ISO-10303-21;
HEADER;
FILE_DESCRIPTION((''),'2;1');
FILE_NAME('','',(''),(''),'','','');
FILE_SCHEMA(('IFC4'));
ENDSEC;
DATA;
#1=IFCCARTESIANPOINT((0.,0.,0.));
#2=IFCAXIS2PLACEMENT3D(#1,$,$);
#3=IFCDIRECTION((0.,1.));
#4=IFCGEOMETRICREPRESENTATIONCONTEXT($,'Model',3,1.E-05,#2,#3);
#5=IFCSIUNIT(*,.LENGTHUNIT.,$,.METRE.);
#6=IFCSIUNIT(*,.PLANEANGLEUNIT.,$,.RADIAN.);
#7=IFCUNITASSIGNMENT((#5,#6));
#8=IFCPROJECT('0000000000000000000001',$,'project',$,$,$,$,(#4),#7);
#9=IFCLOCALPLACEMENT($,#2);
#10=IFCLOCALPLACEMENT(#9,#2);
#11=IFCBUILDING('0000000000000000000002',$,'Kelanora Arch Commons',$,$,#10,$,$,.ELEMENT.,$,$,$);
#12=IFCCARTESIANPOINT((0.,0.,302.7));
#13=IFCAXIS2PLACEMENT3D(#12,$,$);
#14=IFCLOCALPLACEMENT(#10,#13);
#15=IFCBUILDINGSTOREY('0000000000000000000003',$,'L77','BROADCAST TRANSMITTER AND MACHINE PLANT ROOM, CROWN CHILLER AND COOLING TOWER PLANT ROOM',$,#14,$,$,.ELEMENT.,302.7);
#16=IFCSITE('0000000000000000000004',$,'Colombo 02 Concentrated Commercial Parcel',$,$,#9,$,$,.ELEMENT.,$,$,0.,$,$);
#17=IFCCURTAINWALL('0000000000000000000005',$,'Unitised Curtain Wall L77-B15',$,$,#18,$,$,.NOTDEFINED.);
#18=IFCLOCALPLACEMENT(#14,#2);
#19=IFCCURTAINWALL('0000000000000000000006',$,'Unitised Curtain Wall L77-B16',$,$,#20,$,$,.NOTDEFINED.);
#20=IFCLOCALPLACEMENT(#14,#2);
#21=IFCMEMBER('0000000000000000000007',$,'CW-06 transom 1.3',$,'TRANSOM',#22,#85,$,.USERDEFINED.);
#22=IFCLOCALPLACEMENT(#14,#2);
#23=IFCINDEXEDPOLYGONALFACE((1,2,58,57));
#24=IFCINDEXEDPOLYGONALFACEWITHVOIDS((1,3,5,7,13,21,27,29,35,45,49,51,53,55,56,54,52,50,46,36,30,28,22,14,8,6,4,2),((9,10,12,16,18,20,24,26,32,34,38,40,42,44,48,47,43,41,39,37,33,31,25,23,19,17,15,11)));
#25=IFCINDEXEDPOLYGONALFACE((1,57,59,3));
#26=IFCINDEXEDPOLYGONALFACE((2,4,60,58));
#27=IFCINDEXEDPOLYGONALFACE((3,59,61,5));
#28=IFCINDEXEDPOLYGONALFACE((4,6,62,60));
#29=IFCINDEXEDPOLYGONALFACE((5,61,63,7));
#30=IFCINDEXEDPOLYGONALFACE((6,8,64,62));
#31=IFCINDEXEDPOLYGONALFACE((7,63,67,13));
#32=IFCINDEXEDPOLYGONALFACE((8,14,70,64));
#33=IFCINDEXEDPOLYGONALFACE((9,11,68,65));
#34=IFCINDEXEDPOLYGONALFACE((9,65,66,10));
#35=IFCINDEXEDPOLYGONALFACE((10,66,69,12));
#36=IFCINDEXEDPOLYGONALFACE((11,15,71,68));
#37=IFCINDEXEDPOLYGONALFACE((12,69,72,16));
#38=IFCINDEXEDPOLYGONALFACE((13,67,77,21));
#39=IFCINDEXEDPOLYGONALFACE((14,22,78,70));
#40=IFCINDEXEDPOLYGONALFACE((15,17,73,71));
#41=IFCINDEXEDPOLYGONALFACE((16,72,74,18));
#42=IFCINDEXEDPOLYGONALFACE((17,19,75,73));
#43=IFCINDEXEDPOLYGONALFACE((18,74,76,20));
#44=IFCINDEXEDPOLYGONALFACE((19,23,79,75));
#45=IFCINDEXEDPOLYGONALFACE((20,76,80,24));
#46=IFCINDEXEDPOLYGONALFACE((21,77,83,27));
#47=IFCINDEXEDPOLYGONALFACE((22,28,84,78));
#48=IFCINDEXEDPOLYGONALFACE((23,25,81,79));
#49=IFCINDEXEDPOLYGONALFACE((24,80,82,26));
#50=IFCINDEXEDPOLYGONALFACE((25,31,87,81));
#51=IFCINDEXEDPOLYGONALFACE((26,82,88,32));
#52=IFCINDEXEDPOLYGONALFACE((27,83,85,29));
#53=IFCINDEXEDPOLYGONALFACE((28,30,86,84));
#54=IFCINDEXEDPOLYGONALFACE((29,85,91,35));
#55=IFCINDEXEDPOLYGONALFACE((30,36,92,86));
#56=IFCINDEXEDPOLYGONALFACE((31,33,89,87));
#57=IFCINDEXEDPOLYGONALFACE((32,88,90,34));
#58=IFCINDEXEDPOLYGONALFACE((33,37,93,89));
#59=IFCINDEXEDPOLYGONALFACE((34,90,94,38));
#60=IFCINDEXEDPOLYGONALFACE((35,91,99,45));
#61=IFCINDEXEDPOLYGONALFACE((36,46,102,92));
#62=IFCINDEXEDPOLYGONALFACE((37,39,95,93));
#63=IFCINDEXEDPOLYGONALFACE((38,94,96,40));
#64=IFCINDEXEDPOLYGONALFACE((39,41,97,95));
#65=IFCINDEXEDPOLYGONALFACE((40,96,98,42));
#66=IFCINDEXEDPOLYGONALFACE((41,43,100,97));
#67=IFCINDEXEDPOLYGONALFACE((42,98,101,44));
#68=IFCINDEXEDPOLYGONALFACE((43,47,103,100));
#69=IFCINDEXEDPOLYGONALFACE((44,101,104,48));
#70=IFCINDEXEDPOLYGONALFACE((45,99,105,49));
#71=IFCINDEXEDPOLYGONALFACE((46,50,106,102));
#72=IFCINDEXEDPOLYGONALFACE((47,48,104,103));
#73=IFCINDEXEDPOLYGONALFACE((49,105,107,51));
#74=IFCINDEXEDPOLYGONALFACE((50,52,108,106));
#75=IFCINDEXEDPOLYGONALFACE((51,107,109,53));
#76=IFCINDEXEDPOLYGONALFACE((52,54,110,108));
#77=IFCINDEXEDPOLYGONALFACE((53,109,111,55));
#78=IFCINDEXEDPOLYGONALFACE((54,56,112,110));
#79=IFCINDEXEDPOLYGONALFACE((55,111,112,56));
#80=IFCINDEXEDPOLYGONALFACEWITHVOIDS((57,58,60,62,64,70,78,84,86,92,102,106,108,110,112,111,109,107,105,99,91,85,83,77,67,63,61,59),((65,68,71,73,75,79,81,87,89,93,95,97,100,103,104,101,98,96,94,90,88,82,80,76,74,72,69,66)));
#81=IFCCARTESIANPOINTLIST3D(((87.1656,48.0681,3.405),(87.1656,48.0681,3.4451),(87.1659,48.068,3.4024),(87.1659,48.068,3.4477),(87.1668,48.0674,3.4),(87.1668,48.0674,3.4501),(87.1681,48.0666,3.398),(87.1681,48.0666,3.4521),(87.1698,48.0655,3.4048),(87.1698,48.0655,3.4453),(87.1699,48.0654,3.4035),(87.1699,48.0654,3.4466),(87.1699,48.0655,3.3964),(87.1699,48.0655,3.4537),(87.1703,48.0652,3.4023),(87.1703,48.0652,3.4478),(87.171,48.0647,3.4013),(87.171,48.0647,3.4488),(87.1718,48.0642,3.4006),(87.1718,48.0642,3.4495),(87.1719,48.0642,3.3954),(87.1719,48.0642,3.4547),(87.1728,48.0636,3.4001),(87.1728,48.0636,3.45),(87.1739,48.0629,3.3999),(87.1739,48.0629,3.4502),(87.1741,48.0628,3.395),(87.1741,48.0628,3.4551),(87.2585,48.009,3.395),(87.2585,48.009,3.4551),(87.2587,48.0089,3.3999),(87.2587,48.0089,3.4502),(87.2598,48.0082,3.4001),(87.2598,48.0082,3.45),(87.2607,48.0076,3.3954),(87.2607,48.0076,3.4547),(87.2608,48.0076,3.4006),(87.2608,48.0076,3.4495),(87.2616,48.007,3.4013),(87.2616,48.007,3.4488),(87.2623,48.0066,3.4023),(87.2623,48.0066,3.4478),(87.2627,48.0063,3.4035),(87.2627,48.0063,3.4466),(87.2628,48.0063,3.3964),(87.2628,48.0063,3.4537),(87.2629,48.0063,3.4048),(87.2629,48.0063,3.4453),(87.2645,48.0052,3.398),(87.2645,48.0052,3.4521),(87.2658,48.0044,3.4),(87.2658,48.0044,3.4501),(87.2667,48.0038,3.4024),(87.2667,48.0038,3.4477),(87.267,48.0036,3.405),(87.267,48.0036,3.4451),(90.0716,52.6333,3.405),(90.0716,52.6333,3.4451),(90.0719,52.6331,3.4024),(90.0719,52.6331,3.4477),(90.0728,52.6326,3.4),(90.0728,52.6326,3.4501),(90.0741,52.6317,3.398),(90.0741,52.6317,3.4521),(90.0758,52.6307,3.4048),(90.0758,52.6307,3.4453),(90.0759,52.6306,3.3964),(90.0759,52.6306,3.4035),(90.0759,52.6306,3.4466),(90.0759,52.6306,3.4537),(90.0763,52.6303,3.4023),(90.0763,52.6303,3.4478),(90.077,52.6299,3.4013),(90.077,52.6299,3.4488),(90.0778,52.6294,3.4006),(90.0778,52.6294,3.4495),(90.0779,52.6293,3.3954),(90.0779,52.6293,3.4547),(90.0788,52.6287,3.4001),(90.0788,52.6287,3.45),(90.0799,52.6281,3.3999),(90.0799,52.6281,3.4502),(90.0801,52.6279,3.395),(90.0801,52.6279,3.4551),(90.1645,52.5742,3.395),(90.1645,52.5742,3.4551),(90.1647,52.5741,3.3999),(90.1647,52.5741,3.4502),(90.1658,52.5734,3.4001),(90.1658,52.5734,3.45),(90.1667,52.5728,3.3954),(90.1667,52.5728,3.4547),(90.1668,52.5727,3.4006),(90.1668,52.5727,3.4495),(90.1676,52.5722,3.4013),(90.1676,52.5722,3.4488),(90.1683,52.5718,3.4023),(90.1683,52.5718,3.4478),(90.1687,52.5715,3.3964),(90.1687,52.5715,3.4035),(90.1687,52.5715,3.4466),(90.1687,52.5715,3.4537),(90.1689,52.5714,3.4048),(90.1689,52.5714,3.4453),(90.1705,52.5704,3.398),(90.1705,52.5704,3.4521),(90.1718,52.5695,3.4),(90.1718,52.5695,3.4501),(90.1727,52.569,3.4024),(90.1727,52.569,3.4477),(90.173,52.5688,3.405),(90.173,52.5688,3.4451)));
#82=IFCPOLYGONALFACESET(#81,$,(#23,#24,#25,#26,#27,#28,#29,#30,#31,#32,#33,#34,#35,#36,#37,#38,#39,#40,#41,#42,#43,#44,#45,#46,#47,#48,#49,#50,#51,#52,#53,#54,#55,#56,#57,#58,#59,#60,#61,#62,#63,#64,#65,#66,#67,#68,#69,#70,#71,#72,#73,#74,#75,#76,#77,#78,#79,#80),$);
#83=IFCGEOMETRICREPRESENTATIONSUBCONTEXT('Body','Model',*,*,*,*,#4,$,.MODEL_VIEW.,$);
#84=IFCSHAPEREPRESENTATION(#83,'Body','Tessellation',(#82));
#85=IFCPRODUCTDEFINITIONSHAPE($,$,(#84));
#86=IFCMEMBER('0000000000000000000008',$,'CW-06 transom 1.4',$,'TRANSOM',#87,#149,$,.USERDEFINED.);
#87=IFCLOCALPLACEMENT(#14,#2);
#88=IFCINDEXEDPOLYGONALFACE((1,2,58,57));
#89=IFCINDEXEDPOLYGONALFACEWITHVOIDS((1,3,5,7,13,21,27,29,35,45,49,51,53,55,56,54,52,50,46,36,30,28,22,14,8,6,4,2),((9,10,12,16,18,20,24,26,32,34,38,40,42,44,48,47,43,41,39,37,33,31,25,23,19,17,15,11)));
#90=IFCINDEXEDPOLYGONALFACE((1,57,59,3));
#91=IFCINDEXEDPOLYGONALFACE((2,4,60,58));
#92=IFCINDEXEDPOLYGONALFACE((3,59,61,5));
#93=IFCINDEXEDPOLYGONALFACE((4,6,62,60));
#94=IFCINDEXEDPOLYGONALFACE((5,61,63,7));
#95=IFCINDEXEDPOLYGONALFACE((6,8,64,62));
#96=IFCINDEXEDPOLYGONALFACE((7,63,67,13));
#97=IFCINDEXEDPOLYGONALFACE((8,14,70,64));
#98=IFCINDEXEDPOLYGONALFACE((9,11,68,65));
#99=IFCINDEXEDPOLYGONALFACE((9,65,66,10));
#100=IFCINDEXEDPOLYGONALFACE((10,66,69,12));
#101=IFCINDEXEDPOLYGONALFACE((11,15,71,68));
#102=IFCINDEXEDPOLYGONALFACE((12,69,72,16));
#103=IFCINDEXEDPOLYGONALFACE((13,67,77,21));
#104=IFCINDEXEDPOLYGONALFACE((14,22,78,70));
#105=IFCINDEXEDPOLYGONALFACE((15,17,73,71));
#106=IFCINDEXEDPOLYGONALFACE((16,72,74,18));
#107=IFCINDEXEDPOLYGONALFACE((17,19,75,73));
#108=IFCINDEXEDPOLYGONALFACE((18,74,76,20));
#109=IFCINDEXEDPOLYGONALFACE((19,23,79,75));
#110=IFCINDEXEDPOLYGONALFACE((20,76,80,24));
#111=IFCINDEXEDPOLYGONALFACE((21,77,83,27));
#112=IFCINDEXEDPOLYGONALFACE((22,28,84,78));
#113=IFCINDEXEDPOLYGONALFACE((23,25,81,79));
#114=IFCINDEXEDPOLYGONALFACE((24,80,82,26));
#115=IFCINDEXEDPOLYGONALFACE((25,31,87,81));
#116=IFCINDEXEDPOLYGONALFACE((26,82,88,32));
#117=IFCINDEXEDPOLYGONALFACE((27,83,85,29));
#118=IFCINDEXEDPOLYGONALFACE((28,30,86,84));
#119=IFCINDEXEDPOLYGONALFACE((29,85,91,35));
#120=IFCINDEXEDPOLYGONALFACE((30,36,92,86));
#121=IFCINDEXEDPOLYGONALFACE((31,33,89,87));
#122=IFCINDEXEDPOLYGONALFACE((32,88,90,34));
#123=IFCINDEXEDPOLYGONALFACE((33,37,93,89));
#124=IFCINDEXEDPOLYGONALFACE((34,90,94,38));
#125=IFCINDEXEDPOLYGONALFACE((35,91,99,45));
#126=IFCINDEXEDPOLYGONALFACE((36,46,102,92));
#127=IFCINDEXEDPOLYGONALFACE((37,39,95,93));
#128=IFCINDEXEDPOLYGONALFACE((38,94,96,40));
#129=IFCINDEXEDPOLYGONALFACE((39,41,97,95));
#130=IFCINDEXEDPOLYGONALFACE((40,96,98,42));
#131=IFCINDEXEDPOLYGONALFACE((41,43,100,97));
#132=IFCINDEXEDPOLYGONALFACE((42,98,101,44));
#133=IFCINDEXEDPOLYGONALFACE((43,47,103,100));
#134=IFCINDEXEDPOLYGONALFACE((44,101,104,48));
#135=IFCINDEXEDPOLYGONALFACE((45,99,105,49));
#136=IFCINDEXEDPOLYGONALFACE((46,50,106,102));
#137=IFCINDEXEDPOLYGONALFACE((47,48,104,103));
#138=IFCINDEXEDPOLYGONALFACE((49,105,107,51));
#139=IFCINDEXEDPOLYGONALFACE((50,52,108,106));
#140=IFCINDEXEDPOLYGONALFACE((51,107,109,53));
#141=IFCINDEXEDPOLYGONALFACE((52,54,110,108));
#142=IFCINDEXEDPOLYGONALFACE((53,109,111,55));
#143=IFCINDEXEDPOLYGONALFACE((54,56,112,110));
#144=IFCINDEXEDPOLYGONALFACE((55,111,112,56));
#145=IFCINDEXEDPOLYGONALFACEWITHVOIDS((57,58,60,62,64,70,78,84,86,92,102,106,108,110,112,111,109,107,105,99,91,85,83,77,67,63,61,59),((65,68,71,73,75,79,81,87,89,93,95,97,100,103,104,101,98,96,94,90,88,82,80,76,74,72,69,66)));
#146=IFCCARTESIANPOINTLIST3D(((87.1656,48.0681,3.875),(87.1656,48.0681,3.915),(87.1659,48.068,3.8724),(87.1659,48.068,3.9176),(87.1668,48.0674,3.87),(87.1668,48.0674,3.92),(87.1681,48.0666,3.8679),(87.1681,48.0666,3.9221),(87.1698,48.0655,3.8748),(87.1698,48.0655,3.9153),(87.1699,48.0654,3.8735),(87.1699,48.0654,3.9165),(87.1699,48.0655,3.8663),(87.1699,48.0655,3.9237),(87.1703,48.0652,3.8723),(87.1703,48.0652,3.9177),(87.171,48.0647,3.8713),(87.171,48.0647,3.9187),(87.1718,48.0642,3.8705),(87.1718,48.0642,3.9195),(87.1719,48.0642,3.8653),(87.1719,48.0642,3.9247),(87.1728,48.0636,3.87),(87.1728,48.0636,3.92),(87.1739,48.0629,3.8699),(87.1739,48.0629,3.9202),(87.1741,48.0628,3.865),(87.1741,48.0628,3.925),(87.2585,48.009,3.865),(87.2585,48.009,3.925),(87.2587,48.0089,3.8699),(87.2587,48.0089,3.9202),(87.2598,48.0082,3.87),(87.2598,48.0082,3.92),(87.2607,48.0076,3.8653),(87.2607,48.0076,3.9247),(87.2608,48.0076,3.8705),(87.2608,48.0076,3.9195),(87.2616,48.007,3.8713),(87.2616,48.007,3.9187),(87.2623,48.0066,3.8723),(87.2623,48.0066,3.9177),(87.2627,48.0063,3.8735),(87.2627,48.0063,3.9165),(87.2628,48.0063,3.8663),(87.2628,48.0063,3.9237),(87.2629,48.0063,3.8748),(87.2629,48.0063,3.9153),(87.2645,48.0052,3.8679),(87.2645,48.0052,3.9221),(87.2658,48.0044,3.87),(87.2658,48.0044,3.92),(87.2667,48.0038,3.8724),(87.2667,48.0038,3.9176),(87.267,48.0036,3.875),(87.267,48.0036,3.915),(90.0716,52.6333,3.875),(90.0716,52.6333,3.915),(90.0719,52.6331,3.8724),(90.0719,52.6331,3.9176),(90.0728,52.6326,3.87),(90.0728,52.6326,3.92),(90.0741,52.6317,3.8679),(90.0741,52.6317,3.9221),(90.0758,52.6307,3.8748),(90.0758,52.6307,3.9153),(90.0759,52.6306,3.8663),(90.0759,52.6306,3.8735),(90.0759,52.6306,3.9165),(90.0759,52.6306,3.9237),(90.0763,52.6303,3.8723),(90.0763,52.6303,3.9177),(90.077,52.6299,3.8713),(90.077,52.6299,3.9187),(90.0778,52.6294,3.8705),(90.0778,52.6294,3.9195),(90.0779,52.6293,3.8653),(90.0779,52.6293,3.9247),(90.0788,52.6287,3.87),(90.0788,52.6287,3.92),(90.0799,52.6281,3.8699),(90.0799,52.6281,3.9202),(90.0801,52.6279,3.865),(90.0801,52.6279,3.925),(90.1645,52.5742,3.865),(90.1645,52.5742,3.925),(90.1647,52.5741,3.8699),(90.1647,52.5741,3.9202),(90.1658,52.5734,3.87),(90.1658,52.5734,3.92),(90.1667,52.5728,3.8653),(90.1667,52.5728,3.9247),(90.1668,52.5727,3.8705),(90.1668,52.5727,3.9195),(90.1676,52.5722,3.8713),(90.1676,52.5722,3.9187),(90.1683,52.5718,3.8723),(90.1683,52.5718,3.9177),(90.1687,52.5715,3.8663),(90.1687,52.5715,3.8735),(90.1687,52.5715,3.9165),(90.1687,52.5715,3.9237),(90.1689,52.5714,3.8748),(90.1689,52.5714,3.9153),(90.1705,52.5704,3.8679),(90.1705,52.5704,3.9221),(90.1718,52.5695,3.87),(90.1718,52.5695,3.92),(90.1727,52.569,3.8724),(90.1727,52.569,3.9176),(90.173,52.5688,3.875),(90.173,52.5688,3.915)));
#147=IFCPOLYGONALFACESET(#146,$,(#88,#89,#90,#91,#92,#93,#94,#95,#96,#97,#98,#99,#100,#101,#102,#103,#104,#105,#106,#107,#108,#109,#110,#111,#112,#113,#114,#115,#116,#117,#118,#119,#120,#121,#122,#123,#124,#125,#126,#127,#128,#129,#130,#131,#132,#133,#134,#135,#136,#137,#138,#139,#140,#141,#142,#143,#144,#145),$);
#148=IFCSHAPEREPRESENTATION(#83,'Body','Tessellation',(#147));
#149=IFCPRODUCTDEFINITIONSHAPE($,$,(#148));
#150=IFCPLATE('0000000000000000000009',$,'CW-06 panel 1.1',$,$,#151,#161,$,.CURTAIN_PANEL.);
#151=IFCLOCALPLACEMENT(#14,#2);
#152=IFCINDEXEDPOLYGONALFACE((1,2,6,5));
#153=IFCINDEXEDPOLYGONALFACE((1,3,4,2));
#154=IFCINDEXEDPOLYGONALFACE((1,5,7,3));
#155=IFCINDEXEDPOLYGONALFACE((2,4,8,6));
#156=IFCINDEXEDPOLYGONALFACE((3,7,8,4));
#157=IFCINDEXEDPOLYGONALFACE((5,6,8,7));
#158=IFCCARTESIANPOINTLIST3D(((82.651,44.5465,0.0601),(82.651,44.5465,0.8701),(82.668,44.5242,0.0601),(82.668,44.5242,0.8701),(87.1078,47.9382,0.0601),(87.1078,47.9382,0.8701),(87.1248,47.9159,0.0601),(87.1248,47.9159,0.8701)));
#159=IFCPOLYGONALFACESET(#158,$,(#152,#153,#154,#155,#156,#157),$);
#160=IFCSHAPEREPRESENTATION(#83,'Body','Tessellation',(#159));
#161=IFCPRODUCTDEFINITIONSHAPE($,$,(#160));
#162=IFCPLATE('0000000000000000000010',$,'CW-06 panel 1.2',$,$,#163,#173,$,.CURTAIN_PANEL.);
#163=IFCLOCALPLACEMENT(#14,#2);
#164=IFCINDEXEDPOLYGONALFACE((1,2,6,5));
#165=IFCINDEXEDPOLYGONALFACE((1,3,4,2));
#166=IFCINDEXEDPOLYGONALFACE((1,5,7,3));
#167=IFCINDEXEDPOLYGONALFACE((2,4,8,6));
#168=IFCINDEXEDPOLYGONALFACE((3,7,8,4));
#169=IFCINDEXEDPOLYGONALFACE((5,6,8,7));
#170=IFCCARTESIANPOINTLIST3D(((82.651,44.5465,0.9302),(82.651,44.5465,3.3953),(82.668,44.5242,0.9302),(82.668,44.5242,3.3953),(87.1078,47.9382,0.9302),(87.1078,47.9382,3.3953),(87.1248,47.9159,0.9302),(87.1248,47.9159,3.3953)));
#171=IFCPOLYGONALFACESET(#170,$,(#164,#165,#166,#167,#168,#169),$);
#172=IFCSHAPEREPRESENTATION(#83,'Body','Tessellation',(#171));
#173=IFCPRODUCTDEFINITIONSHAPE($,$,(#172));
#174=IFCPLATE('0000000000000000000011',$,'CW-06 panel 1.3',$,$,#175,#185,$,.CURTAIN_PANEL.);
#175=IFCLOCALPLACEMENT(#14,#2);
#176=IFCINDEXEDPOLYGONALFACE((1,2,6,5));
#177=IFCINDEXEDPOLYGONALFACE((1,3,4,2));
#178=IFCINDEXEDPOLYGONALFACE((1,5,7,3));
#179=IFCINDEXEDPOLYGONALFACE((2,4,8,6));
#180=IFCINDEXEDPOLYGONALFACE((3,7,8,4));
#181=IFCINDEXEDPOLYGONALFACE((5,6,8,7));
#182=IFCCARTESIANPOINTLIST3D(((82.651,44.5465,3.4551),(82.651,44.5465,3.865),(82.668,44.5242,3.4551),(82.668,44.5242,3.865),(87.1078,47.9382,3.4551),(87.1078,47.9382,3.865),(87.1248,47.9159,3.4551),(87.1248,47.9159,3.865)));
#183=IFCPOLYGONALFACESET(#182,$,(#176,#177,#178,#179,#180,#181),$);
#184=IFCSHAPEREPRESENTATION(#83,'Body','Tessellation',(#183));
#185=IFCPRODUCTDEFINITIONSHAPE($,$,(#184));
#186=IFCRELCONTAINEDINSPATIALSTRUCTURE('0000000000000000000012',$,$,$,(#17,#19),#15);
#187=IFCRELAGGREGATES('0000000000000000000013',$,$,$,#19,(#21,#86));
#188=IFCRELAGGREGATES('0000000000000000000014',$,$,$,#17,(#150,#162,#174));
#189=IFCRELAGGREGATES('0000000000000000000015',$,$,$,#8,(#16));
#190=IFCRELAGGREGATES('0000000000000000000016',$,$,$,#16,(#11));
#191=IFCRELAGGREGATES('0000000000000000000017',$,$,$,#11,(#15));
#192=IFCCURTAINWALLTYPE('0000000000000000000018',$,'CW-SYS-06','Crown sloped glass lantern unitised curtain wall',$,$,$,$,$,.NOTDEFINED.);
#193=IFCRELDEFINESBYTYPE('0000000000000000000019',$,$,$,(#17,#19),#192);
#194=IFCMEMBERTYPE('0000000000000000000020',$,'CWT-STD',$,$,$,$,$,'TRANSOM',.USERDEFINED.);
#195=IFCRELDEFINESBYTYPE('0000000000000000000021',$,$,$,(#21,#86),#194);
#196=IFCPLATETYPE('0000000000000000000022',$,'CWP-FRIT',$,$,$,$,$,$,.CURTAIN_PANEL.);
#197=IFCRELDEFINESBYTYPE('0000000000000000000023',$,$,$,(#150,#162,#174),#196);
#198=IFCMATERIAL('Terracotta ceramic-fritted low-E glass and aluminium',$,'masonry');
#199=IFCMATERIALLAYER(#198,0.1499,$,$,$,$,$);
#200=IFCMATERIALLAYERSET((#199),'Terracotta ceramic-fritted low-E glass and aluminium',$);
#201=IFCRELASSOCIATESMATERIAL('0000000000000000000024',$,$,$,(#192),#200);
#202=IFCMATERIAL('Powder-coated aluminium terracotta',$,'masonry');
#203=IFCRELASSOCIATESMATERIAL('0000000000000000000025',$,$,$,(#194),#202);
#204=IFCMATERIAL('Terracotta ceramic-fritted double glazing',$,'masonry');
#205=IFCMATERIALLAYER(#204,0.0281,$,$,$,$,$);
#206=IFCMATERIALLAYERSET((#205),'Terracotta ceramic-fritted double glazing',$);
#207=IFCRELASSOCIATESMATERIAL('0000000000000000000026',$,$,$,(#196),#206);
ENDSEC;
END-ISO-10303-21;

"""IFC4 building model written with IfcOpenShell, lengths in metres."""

from ifc_helpers import new_model, si_unit, direction, frame, origin, origin_2d, place, context, subcontext, project, spatial, rectangle, hollow_rectangle, extrude, source, transform, mapped, material, layer, layer_set, material_profile, profile_set, type_object, element, aggregate, save


model = new_model("IFC4")

# Units and contexts
model_context = context("Model", 3, precision=1e-05, world=origin(), true_north=direction((0.0, 1.0)))
body_context = subcontext(model_context, "Body", "Model", "MODEL_VIEW")
ifc_project = project(units=[si_unit("LENGTHUNIT", "METRE"), si_unit("PLANEANGLEUNIT", "RADIAN")], contexts=[model_context])

# Site, building, storey
site_placement = place(None, origin())
site = spatial("IfcSite", under=ifc_project, at=site_placement, Name="Colombo 02 Concentrated Commercial Parcel", CompositionType="ELEMENT", RefElevation=0.0)
building_placement = place(site_placement, origin())
building = spatial("IfcBuilding", under=site, at=building_placement, Name="Kelanora Arch Commons", CompositionType="ELEMENT")
storey_placement = place(building_placement, frame((0.0, 0.0, 302.7)))
storey = spatial("IfcBuildingStorey", under=building, at=storey_placement, Name="L77", Description="BROADCAST TRANSMITTER AND MACHINE PLANT ROOM, CROWN CHILLER AND COOLING TOWER PLANT ROOM", CompositionType="ELEMENT", Elevation=302.7)

# Shared definitions
ifc_material_1 = material(Name="Terracotta ceramic-fritted low-E glass and aluminium", Category="masonry")
ifc_layer_1 = layer(ifc_material_1, 0.1499)
ifc_layer_set_1 = layer_set([ifc_layer_1], Name="Terracotta ceramic-fritted low-E glass and aluminium")
curtain_wall_type = type_object("IfcCurtainWallType", Name="CW-SYS-06", Description="Crown sloped glass lantern unitised curtain wall", PredefinedType="NOTDEFINED", material=ifc_layer_set_1)
ifc_material_2 = material(Name="Powder-coated aluminium terracotta", Category="masonry")

# Curtain wall
curtain_wall_1_placement = place(storey_placement, origin())
curtain_wall_1 = element("IfcCurtainWall", 1, at=curtain_wall_1_placement, inside=storey, type_object=curtain_wall_type, Name="Unitised Curtain Wall L77-B15", PredefinedType="NOTDEFINED")

# Curtain wall
curtain_wall_2_placement = place(storey_placement, origin())
curtain_wall_2 = element("IfcCurtainWall", 2, at=curtain_wall_2_placement, inside=storey, type_object=curtain_wall_type, Name="Unitised Curtain Wall L77-B16", PredefinedType="NOTDEFINED")

# Members
ifc_material_profile_1 = material_profile(ifc_material_2, hollow_rectangle(XDim=0.1201, YDim=0.0601, WallThickness=0.0049, InnerFilletRadius=0.0049, OuterFilletRadius=0.01, at=origin_2d()), Name="CWT120x60")
ifc_profile_set_1 = profile_set([ifc_material_profile_1], Name="Powder-coated aluminium terracotta")
member_type_1 = type_object("IfcMemberType", Name="CWT-STD", ElementType="TRANSOM", PredefinedType="USERDEFINED", material=ifc_profile_set_1)
member_1_placement = place(storey_placement, frame((87.2163, 48.0359, 3.425), z_axis=(0.536992, 0.843587, 0.0), x_axis=(-0.843587, 0.536992, 0.0)))
member_1 = element("IfcMember", 3, at=member_1_placement, type_object=member_type_1, Name="CW-06 transom 1.3", ObjectType="TRANSOM", PredefinedType="USERDEFINED", context=body_context, shape_type="SweptSolid", body=[
    extrude(hollow_rectangle(XDim=0.1201, YDim=0.0601, WallThickness=0.0049, InnerFilletRadius=0.0049, OuterFilletRadius=0.01, at=origin_2d()), origin(), (0.0, 0.0, 1.0), 5.4116),
])
member_2_placement = place(storey_placement, frame((87.2163, 48.0359, 3.895), z_axis=(0.536992, 0.843587, 0.0), x_axis=(-0.843587, 0.536992, 0.0)))
member_2 = element("IfcMember", 4, at=member_2_placement, type_object=member_type_1, Name="CW-06 transom 1.4", ObjectType="TRANSOM", PredefinedType="USERDEFINED", context=body_context, shape_type="SweptSolid", body=[
    extrude(hollow_rectangle(XDim=0.1201, YDim=0.0601, WallThickness=0.0049, InnerFilletRadius=0.0049, OuterFilletRadius=0.01, at=origin_2d()), origin(), (0.0, 0.0, 1.0), 5.4116),
])
aggregate(curtain_wall_2, [member_1, member_2])

# Plates
ifc_material_3 = material(Name="Terracotta ceramic-fritted double glazing", Category="masonry")
ifc_layer_2 = layer(ifc_material_3, 0.0281)
ifc_layer_set_2 = layer_set([ifc_layer_2], Name="Terracotta ceramic-fritted double glazing")
plate_type = type_object("IfcPlateType", Name="CWP-FRIT", PredefinedType="CURTAIN_PANEL", material=ifc_layer_set_2)
shared_shape_1 = source(origin(), body_context, "Body", "SweptSolid", [
    extrude(rectangle(XDim=5.6006, YDim=0.0281, at=origin_2d()), origin(), (0.0, 0.0, 1.0), 0.8101),
])
plate_1_placement = place(storey_placement, frame((84.8879, 46.2312, 0.0601), z_axis=(0.0, 0.0, 1.0), x_axis=(0.795772, 0.605596, 0.0)))
plate_1 = element("IfcPlate", 5, at=plate_1_placement, type_object=plate_type, Name="CW-06 panel 1.1", PredefinedType="CURTAIN_PANEL", context=body_context, shape_type="MappedRepresentation", body=[
    mapped(shared_shape_1, transform((0.0, 0.0, 0.0), scale=1.0)),
])
shared_shape_2 = source(origin(), body_context, "Body", "SweptSolid", [
    extrude(rectangle(XDim=5.6006, YDim=0.0281, at=origin_2d()), origin(), (0.0, 0.0, 1.0), 2.4651),
])
plate_2_placement = place(storey_placement, frame((84.8879, 46.2312, 0.9302), z_axis=(0.0, 0.0, 1.0), x_axis=(0.795772, 0.605596, 0.0)))
plate_2 = element("IfcPlate", 6, at=plate_2_placement, type_object=plate_type, Name="CW-06 panel 1.2", PredefinedType="CURTAIN_PANEL", context=body_context, shape_type="MappedRepresentation", body=[
    mapped(shared_shape_2, transform((0.0, 0.0, 0.0), scale=1.0)),
])
shared_shape_3 = source(origin(), body_context, "Body", "SweptSolid", [
    extrude(rectangle(XDim=5.6006, YDim=0.0281, at=origin_2d()), origin(), (0.0, 0.0, 1.0), 0.4099),
])
plate_3_placement = place(storey_placement, frame((84.8879, 46.2312, 3.4551), z_axis=(0.0, 0.0, 1.0), x_axis=(0.795772, 0.605596, 0.0)))
plate_3 = element("IfcPlate", 7, at=plate_3_placement, type_object=plate_type, Name="CW-06 panel 1.3", PredefinedType="CURTAIN_PANEL", context=body_context, shape_type="MappedRepresentation", body=[
    mapped(shared_shape_3, transform((0.0, 0.0, 0.0), scale=1.0)),
])
aggregate(curtain_wall_1, [plate_1, plate_2, plate_3])

save(model, "model.ifc")
